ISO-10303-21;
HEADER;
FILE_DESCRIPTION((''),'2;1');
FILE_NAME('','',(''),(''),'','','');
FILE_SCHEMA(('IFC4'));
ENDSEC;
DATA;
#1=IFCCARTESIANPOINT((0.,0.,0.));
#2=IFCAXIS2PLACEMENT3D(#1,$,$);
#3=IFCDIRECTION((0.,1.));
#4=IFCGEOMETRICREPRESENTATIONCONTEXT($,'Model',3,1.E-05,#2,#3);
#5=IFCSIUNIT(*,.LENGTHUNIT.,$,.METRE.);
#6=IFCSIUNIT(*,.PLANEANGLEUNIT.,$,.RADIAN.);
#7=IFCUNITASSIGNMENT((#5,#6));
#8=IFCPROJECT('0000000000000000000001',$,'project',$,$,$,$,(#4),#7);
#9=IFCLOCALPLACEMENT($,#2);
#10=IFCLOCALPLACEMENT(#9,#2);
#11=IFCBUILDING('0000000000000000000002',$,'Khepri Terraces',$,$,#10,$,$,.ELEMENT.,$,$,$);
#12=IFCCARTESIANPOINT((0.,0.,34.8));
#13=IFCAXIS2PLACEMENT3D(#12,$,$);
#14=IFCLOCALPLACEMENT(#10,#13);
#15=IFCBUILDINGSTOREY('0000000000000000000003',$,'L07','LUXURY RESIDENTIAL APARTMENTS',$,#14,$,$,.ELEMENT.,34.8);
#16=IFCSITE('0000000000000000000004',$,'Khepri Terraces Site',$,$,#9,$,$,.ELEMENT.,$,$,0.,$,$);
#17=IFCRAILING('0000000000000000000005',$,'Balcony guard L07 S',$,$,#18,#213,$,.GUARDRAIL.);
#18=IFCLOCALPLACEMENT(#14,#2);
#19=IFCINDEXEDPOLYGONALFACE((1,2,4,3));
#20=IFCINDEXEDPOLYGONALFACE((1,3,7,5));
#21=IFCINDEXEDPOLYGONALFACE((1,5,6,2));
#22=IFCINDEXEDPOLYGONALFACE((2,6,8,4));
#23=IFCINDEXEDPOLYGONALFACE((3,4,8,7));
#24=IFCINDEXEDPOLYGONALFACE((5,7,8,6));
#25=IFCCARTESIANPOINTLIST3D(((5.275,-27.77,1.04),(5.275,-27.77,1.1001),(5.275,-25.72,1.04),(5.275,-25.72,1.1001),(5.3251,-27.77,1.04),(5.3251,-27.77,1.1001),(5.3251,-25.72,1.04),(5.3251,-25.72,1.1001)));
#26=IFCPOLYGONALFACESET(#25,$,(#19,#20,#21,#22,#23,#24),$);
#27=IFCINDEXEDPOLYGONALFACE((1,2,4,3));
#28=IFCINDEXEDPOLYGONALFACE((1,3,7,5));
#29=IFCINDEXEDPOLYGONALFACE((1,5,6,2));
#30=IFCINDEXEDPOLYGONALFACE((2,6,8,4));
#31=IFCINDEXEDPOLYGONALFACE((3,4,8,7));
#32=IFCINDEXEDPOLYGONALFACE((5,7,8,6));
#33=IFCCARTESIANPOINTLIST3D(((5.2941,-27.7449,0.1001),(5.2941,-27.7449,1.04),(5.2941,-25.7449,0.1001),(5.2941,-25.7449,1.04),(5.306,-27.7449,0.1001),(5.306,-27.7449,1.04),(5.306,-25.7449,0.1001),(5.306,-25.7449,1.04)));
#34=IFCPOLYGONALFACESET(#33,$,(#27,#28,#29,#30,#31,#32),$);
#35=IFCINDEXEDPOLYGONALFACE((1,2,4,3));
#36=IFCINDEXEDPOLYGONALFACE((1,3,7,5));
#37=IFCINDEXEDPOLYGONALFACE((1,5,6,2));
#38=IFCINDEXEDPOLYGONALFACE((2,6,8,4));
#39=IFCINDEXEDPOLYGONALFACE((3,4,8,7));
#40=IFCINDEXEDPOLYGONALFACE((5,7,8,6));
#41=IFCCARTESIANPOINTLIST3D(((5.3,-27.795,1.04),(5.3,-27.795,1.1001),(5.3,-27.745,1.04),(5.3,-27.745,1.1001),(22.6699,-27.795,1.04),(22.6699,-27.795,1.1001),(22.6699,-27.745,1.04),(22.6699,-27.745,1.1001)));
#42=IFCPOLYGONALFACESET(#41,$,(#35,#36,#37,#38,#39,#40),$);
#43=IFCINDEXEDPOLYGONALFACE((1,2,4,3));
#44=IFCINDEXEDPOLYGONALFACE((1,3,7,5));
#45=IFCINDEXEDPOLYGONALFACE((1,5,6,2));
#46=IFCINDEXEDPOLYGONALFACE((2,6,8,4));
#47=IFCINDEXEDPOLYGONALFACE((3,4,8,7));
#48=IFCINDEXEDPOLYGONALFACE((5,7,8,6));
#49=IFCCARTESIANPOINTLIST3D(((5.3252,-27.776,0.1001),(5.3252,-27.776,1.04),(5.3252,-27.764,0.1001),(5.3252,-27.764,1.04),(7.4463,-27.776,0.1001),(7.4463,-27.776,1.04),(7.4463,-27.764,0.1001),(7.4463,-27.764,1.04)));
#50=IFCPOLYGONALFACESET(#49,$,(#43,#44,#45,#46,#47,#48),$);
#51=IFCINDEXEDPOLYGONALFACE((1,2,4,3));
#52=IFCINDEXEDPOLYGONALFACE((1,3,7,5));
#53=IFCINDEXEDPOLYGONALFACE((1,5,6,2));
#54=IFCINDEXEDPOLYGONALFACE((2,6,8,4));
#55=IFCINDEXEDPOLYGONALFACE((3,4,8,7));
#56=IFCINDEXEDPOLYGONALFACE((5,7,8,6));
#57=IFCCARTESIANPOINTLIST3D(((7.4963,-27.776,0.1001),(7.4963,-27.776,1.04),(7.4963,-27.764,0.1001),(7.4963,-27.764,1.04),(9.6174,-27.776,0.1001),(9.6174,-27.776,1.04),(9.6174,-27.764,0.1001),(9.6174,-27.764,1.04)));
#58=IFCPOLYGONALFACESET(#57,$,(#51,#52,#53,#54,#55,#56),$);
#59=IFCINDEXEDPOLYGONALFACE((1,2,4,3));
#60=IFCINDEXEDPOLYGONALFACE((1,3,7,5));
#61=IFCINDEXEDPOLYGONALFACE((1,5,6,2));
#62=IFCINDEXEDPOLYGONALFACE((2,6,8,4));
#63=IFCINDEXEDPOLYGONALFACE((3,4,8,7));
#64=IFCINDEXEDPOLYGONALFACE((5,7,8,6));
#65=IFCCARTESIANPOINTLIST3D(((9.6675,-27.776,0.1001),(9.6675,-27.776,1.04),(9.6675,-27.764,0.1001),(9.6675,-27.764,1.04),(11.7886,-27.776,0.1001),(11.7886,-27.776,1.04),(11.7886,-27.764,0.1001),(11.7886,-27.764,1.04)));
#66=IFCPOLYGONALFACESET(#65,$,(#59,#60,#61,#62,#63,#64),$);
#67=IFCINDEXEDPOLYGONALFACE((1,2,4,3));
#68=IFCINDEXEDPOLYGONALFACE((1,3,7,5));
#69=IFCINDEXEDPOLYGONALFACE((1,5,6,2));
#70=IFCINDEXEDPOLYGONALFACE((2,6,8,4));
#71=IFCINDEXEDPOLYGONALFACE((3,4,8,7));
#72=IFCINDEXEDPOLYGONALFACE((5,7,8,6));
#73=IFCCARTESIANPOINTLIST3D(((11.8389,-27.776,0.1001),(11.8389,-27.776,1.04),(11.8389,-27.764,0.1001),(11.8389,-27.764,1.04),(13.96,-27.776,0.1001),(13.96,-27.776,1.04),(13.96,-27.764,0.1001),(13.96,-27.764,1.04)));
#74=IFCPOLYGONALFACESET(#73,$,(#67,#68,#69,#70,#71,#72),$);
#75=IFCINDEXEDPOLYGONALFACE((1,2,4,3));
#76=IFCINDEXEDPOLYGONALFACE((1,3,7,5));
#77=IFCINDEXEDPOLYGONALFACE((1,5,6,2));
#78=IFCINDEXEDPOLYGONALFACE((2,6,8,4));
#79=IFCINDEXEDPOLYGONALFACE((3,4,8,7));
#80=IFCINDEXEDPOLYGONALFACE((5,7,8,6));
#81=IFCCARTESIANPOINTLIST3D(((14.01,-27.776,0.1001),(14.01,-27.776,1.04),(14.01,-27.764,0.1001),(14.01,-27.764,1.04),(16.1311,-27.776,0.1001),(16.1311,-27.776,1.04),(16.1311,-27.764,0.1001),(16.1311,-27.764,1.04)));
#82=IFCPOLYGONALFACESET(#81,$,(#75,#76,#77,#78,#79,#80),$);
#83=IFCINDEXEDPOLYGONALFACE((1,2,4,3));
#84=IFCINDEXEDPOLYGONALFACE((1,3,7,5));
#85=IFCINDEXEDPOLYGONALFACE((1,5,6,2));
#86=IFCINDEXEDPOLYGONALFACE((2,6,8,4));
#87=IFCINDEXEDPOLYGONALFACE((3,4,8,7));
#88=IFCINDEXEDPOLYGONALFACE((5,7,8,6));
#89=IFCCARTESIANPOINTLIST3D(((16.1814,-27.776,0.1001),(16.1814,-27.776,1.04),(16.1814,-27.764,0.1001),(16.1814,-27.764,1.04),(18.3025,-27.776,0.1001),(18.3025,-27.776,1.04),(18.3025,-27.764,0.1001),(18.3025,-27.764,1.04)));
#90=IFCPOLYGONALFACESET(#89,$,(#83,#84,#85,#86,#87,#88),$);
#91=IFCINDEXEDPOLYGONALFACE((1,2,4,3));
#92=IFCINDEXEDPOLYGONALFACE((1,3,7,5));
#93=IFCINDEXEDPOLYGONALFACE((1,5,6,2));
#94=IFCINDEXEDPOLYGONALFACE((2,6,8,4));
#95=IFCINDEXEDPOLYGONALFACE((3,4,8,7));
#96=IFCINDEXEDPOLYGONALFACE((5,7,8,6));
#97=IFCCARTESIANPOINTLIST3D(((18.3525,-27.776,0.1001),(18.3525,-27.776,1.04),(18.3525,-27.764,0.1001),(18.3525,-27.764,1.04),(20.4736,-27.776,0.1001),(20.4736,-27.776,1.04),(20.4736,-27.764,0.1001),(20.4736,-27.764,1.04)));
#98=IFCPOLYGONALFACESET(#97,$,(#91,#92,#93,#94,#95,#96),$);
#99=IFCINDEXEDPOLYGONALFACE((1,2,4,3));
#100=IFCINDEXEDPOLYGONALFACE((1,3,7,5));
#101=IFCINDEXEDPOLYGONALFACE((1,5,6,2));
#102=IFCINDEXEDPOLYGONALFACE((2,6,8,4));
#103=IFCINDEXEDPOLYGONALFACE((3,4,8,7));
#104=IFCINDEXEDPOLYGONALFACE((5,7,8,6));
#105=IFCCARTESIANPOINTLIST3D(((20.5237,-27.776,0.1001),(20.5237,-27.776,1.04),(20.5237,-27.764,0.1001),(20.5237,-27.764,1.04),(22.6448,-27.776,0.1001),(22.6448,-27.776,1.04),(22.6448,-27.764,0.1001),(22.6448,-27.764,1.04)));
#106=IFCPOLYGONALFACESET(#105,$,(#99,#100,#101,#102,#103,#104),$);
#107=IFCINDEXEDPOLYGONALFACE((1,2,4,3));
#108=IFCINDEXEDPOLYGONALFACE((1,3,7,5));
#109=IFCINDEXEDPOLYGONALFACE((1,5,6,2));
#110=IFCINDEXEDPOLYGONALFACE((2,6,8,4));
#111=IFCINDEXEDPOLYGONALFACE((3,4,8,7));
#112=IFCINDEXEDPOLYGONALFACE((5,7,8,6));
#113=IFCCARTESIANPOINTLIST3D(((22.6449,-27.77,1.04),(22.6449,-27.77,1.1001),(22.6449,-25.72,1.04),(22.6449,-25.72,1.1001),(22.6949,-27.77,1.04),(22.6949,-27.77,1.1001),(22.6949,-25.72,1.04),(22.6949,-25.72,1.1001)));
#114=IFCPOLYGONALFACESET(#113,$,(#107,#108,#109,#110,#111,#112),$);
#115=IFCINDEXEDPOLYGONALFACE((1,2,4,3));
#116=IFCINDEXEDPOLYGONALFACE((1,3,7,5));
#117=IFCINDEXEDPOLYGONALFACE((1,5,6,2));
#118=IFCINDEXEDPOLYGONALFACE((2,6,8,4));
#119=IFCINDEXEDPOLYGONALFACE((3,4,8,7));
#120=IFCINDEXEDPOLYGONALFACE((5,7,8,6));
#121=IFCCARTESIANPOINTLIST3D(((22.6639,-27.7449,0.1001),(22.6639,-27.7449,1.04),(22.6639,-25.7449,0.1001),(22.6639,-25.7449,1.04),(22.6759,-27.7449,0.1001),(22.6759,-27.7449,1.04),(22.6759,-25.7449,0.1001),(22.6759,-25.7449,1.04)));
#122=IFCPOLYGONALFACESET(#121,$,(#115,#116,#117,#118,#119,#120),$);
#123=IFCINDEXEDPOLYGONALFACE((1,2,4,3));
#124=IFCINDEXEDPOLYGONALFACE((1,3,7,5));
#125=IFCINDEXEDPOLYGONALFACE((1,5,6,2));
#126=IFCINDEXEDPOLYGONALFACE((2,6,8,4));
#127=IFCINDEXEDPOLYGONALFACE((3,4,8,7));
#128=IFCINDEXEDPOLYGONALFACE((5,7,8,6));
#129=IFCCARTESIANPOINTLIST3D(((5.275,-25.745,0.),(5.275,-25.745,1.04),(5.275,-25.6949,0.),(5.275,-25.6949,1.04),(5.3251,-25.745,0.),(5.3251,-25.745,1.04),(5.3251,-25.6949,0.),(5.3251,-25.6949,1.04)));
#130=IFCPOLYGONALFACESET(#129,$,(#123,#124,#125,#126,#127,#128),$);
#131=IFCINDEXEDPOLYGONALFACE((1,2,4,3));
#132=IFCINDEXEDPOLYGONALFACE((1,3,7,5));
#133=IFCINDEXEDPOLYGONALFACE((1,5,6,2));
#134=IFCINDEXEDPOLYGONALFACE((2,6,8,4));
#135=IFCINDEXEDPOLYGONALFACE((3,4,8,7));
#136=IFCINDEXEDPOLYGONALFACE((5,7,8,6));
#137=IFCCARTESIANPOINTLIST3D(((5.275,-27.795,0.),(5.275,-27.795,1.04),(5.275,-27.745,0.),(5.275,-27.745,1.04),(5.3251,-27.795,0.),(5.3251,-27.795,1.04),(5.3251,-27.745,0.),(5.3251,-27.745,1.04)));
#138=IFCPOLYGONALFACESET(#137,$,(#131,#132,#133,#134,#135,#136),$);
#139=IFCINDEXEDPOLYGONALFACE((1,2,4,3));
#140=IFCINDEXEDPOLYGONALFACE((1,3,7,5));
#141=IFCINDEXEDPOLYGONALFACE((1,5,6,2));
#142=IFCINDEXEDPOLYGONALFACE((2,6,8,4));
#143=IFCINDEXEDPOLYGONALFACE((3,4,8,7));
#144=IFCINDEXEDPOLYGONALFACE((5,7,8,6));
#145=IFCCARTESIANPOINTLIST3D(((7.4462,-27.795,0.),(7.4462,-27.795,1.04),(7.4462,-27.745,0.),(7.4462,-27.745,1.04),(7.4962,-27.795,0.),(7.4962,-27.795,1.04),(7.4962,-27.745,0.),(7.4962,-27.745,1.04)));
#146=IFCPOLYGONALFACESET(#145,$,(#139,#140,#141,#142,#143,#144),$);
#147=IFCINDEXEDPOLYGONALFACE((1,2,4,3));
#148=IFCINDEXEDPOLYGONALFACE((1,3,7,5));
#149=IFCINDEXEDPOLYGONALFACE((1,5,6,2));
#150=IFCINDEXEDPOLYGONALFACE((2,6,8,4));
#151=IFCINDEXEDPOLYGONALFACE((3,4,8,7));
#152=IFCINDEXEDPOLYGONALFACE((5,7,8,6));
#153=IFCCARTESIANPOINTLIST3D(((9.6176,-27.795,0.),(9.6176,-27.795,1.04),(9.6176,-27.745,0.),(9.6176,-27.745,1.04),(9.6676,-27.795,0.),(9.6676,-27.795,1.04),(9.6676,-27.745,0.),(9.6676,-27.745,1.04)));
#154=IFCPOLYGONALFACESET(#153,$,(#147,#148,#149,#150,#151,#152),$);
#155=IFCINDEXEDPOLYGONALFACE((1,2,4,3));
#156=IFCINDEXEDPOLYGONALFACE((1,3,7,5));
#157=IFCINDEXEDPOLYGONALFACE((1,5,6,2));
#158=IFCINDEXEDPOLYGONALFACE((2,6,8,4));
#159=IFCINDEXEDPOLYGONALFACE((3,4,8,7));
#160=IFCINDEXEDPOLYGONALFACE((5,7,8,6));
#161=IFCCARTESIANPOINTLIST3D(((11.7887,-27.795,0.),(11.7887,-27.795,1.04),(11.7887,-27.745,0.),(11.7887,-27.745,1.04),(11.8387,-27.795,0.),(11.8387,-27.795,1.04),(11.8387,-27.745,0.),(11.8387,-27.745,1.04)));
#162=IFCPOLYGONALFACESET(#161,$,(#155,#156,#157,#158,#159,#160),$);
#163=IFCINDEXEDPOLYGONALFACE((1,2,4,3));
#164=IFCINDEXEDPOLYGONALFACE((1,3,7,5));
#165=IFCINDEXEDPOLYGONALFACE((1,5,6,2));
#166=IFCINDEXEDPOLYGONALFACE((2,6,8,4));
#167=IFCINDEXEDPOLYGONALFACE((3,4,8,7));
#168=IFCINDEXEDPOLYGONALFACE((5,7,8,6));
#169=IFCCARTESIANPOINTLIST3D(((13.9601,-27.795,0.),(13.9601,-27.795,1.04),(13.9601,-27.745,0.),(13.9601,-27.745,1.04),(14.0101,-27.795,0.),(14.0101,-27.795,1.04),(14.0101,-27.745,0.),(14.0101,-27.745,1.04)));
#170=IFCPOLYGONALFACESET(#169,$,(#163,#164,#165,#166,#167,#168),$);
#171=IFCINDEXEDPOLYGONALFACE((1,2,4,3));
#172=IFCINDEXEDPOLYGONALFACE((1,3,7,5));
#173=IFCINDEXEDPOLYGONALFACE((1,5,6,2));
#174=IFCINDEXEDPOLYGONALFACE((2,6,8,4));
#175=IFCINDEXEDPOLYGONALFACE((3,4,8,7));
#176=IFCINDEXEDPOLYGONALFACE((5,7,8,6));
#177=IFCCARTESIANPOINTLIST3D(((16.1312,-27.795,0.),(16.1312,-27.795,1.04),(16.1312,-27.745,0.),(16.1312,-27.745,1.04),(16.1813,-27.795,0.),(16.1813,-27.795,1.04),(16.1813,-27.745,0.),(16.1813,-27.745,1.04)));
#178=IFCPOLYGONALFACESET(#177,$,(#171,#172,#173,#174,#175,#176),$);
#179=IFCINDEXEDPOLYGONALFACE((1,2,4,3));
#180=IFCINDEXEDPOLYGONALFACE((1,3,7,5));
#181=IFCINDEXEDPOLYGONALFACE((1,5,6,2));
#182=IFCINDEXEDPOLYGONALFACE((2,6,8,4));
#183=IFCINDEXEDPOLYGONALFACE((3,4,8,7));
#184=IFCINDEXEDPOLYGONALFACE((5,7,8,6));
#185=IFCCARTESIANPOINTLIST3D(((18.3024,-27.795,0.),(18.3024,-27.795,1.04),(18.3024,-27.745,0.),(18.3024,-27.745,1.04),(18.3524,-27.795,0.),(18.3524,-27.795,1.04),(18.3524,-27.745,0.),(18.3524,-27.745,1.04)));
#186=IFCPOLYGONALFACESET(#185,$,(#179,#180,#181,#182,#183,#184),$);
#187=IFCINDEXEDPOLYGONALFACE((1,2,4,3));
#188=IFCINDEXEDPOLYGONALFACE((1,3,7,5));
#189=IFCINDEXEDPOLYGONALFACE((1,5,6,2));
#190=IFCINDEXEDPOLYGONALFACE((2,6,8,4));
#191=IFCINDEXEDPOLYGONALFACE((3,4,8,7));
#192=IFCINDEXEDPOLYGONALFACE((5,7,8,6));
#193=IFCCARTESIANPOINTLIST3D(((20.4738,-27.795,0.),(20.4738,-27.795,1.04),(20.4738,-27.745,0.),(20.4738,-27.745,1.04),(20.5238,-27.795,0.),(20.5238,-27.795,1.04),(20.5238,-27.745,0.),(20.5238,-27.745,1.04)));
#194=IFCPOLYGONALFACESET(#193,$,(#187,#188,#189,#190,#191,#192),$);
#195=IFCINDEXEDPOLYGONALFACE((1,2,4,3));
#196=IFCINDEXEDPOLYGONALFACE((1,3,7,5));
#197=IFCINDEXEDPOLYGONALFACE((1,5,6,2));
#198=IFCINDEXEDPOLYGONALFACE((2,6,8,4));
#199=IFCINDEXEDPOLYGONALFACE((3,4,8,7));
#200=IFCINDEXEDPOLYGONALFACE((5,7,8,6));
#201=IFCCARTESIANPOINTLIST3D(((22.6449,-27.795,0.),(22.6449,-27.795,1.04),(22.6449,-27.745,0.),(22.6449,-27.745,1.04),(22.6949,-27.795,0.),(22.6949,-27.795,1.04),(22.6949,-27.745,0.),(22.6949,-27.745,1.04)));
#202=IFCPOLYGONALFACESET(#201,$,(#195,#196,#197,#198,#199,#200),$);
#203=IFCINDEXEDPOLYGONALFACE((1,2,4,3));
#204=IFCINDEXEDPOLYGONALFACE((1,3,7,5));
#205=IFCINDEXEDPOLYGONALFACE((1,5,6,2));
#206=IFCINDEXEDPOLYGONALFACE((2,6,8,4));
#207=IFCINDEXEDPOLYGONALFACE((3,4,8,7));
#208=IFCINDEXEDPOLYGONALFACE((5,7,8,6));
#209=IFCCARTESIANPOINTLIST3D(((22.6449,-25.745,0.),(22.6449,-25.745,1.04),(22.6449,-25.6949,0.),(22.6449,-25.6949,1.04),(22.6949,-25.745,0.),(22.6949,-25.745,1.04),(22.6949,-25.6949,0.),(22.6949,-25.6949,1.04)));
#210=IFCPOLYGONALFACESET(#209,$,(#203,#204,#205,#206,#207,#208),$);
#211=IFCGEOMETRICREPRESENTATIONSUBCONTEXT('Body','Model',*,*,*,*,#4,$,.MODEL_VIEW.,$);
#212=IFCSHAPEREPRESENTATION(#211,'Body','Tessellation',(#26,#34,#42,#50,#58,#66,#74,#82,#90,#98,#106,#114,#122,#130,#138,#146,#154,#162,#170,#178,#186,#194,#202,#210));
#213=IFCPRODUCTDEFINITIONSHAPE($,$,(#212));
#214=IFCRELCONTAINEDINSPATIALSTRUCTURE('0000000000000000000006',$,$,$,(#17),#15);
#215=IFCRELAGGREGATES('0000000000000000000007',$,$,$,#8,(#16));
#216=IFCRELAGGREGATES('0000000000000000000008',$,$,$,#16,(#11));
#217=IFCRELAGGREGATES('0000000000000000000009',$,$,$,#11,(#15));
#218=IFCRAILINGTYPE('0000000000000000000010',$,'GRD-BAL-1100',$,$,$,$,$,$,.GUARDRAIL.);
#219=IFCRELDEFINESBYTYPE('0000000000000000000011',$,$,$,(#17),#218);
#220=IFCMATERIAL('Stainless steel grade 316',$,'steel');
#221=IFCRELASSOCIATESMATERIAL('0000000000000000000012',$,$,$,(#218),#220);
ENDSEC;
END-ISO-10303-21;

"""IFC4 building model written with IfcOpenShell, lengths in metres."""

from ifc_helpers import new_model, si_unit, direction, frame, origin, origin_2d, place, context, subcontext, project, spatial, rectangle, extrude, material, type_object, element, save


model = new_model("IFC4")

# Units and contexts
model_context = context("Model", 3, precision=1e-05, world=origin(), true_north=direction((0.0, 1.0)))
body_context = subcontext(model_context, "Body", "Model", "MODEL_VIEW")
ifc_project = project(units=[si_unit("LENGTHUNIT", "METRE"), si_unit("PLANEANGLEUNIT", "RADIAN")], contexts=[model_context])

# Site, building, storey
site_placement = place(None, origin())
site = spatial("IfcSite", under=ifc_project, at=site_placement, Name="Khepri Terraces Site", CompositionType="ELEMENT", RefElevation=0.0)
building_placement = place(site_placement, origin())
building = spatial("IfcBuilding", under=site, at=building_placement, Name="Khepri Terraces", CompositionType="ELEMENT")
storey_placement = place(building_placement, frame((0.0, 0.0, 34.8)))
storey = spatial("IfcBuildingStorey", under=building, at=storey_placement, Name="L07", Description="LUXURY RESIDENTIAL APARTMENTS", CompositionType="ELEMENT", Elevation=34.8)

# Railing
ifc_material_1 = material(Name="Stainless steel grade 316", Category="steel")
railing_type_1 = type_object("IfcRailingType", Name="GRD-BAL-1100", PredefinedType="GUARDRAIL", material=ifc_material_1)
railing_1_placement = place(storey_placement, frame((5.3, -25.72, 0.0)))
element("IfcRailing", 1, at=railing_1_placement, inside=storey, type_object=railing_type_1, Name="Balcony guard L07 S", PredefinedType="GUARDRAIL", context=body_context, shape_type="SweptSolid", body=[
    extrude(rectangle(XDim=0.05, YDim=0.0601, at=origin_2d()), frame((0.0, 0.0, 1.0701), z_axis=(0.0, -1.0, 0.0), x_axis=(1.0, 0.0, 0.0)), (0.0, 0.0, 1.0), 2.05),
    extrude(rectangle(XDim=2.0, YDim=0.012, at=origin_2d()), frame((0.0, -1.0249, 0.1001), z_axis=(0.0, 0.0, 1.0), x_axis=(0.0, -1.0, 0.0)), (0.0, 0.0, 1.0), 0.9399),
    extrude(rectangle(XDim=0.05, YDim=0.0601, at=origin_2d()), frame((0.0, -2.05, 1.0701), z_axis=(1.0, 0.0, 0.0), x_axis=(0.0, 1.0, 0.0)), (0.0, 0.0, 1.0), 17.3699),
    extrude(rectangle(XDim=2.1211, YDim=0.012, at=origin_2d()), frame((1.0857, -2.05, 0.1001), z_axis=(0.0, 0.0, 1.0), x_axis=(1.0, 0.0, 0.0)), (0.0, 0.0, 1.0), 0.9399),
    extrude(rectangle(XDim=2.1211, YDim=0.012, at=origin_2d()), frame((3.2568, -2.05, 0.1001), z_axis=(0.0, 0.0, 1.0), x_axis=(1.0, 0.0, 0.0)), (0.0, 0.0, 1.0), 0.9399),
    extrude(rectangle(XDim=2.1211, YDim=0.012, at=origin_2d()), frame((5.428, -2.05, 0.1001), z_axis=(0.0, 0.0, 1.0), x_axis=(1.0, 0.0, 0.0)), (0.0, 0.0, 1.0), 0.9399),
    extrude(rectangle(XDim=2.1211, YDim=0.012, at=origin_2d()), frame((7.5994, -2.05, 0.1001), z_axis=(0.0, 0.0, 1.0), x_axis=(1.0, 0.0, 0.0)), (0.0, 0.0, 1.0), 0.9399),
    extrude(rectangle(XDim=2.1211, YDim=0.012, at=origin_2d()), frame((9.7705, -2.05, 0.1001), z_axis=(0.0, 0.0, 1.0), x_axis=(1.0, 0.0, 0.0)), (0.0, 0.0, 1.0), 0.9399),
    extrude(rectangle(XDim=2.1211, YDim=0.012, at=origin_2d()), frame((11.9419, -2.05, 0.1001), z_axis=(0.0, 0.0, 1.0), x_axis=(1.0, 0.0, 0.0)), (0.0, 0.0, 1.0), 0.9399),
    extrude(rectangle(XDim=2.1211, YDim=0.012, at=origin_2d()), frame((14.113, -2.05, 0.1001), z_axis=(0.0, 0.0, 1.0), x_axis=(1.0, 0.0, 0.0)), (0.0, 0.0, 1.0), 0.9399),
    extrude(rectangle(XDim=2.1211, YDim=0.012, at=origin_2d()), frame((16.2842, -2.05, 0.1001), z_axis=(0.0, 0.0, 1.0), x_axis=(1.0, 0.0, 0.0)), (0.0, 0.0, 1.0), 0.9399),
    extrude(rectangle(XDim=0.05, YDim=0.0601, at=origin_2d()), frame((17.3699, -2.05, 1.0701), z_axis=(0.0, 1.0, 0.0), x_axis=(-1.0, 0.0, 0.0)), (0.0, 0.0, 1.0), 2.05),
    extrude(rectangle(XDim=2.0, YDim=0.012, at=origin_2d()), frame((17.3699, -1.0249, 0.1001), z_axis=(0.0, 0.0, 1.0), x_axis=(0.0, 1.0, 0.0)), (0.0, 0.0, 1.0), 0.9399),
    extrude(rectangle(XDim=0.05, YDim=0.05, at=origin_2d()), origin(), (0.0, 0.0, 1.0), 1.04),
    extrude(rectangle(XDim=0.05, YDim=0.05, at=origin_2d()), frame((0.0, -2.05, 0.0)), (0.0, 0.0, 1.0), 1.04),
    extrude(rectangle(XDim=0.05, YDim=0.05, at=origin_2d()), frame((2.1711, -2.05, 0.0)), (0.0, 0.0, 1.0), 1.04),
    extrude(rectangle(XDim=0.05, YDim=0.05, at=origin_2d()), frame((4.3425, -2.05, 0.0)), (0.0, 0.0, 1.0), 1.04),
    extrude(rectangle(XDim=0.05, YDim=0.05, at=origin_2d()), frame((6.5137, -2.05, 0.0)), (0.0, 0.0, 1.0), 1.04),
    extrude(rectangle(XDim=0.05, YDim=0.05, at=origin_2d()), frame((8.6851, -2.05, 0.0)), (0.0, 0.0, 1.0), 1.04),
    extrude(rectangle(XDim=0.05, YDim=0.05, at=origin_2d()), frame((10.8562, -2.05, 0.0)), (0.0, 0.0, 1.0), 1.04),
    extrude(rectangle(XDim=0.05, YDim=0.05, at=origin_2d()), frame((13.0273, -2.05, 0.0)), (0.0, 0.0, 1.0), 1.04),
    extrude(rectangle(XDim=0.05, YDim=0.05, at=origin_2d()), frame((15.1987, -2.05, 0.0)), (0.0, 0.0, 1.0), 1.04),
    extrude(rectangle(XDim=0.05, YDim=0.05, at=origin_2d()), frame((17.3699, -2.05, 0.0)), (0.0, 0.0, 1.0), 1.04),
    extrude(rectangle(XDim=0.05, YDim=0.05, at=origin_2d()), frame((17.3699, 0.0, 0.0)), (0.0, 0.0, 1.0), 1.04),
])

save(model, "model.ifc")
